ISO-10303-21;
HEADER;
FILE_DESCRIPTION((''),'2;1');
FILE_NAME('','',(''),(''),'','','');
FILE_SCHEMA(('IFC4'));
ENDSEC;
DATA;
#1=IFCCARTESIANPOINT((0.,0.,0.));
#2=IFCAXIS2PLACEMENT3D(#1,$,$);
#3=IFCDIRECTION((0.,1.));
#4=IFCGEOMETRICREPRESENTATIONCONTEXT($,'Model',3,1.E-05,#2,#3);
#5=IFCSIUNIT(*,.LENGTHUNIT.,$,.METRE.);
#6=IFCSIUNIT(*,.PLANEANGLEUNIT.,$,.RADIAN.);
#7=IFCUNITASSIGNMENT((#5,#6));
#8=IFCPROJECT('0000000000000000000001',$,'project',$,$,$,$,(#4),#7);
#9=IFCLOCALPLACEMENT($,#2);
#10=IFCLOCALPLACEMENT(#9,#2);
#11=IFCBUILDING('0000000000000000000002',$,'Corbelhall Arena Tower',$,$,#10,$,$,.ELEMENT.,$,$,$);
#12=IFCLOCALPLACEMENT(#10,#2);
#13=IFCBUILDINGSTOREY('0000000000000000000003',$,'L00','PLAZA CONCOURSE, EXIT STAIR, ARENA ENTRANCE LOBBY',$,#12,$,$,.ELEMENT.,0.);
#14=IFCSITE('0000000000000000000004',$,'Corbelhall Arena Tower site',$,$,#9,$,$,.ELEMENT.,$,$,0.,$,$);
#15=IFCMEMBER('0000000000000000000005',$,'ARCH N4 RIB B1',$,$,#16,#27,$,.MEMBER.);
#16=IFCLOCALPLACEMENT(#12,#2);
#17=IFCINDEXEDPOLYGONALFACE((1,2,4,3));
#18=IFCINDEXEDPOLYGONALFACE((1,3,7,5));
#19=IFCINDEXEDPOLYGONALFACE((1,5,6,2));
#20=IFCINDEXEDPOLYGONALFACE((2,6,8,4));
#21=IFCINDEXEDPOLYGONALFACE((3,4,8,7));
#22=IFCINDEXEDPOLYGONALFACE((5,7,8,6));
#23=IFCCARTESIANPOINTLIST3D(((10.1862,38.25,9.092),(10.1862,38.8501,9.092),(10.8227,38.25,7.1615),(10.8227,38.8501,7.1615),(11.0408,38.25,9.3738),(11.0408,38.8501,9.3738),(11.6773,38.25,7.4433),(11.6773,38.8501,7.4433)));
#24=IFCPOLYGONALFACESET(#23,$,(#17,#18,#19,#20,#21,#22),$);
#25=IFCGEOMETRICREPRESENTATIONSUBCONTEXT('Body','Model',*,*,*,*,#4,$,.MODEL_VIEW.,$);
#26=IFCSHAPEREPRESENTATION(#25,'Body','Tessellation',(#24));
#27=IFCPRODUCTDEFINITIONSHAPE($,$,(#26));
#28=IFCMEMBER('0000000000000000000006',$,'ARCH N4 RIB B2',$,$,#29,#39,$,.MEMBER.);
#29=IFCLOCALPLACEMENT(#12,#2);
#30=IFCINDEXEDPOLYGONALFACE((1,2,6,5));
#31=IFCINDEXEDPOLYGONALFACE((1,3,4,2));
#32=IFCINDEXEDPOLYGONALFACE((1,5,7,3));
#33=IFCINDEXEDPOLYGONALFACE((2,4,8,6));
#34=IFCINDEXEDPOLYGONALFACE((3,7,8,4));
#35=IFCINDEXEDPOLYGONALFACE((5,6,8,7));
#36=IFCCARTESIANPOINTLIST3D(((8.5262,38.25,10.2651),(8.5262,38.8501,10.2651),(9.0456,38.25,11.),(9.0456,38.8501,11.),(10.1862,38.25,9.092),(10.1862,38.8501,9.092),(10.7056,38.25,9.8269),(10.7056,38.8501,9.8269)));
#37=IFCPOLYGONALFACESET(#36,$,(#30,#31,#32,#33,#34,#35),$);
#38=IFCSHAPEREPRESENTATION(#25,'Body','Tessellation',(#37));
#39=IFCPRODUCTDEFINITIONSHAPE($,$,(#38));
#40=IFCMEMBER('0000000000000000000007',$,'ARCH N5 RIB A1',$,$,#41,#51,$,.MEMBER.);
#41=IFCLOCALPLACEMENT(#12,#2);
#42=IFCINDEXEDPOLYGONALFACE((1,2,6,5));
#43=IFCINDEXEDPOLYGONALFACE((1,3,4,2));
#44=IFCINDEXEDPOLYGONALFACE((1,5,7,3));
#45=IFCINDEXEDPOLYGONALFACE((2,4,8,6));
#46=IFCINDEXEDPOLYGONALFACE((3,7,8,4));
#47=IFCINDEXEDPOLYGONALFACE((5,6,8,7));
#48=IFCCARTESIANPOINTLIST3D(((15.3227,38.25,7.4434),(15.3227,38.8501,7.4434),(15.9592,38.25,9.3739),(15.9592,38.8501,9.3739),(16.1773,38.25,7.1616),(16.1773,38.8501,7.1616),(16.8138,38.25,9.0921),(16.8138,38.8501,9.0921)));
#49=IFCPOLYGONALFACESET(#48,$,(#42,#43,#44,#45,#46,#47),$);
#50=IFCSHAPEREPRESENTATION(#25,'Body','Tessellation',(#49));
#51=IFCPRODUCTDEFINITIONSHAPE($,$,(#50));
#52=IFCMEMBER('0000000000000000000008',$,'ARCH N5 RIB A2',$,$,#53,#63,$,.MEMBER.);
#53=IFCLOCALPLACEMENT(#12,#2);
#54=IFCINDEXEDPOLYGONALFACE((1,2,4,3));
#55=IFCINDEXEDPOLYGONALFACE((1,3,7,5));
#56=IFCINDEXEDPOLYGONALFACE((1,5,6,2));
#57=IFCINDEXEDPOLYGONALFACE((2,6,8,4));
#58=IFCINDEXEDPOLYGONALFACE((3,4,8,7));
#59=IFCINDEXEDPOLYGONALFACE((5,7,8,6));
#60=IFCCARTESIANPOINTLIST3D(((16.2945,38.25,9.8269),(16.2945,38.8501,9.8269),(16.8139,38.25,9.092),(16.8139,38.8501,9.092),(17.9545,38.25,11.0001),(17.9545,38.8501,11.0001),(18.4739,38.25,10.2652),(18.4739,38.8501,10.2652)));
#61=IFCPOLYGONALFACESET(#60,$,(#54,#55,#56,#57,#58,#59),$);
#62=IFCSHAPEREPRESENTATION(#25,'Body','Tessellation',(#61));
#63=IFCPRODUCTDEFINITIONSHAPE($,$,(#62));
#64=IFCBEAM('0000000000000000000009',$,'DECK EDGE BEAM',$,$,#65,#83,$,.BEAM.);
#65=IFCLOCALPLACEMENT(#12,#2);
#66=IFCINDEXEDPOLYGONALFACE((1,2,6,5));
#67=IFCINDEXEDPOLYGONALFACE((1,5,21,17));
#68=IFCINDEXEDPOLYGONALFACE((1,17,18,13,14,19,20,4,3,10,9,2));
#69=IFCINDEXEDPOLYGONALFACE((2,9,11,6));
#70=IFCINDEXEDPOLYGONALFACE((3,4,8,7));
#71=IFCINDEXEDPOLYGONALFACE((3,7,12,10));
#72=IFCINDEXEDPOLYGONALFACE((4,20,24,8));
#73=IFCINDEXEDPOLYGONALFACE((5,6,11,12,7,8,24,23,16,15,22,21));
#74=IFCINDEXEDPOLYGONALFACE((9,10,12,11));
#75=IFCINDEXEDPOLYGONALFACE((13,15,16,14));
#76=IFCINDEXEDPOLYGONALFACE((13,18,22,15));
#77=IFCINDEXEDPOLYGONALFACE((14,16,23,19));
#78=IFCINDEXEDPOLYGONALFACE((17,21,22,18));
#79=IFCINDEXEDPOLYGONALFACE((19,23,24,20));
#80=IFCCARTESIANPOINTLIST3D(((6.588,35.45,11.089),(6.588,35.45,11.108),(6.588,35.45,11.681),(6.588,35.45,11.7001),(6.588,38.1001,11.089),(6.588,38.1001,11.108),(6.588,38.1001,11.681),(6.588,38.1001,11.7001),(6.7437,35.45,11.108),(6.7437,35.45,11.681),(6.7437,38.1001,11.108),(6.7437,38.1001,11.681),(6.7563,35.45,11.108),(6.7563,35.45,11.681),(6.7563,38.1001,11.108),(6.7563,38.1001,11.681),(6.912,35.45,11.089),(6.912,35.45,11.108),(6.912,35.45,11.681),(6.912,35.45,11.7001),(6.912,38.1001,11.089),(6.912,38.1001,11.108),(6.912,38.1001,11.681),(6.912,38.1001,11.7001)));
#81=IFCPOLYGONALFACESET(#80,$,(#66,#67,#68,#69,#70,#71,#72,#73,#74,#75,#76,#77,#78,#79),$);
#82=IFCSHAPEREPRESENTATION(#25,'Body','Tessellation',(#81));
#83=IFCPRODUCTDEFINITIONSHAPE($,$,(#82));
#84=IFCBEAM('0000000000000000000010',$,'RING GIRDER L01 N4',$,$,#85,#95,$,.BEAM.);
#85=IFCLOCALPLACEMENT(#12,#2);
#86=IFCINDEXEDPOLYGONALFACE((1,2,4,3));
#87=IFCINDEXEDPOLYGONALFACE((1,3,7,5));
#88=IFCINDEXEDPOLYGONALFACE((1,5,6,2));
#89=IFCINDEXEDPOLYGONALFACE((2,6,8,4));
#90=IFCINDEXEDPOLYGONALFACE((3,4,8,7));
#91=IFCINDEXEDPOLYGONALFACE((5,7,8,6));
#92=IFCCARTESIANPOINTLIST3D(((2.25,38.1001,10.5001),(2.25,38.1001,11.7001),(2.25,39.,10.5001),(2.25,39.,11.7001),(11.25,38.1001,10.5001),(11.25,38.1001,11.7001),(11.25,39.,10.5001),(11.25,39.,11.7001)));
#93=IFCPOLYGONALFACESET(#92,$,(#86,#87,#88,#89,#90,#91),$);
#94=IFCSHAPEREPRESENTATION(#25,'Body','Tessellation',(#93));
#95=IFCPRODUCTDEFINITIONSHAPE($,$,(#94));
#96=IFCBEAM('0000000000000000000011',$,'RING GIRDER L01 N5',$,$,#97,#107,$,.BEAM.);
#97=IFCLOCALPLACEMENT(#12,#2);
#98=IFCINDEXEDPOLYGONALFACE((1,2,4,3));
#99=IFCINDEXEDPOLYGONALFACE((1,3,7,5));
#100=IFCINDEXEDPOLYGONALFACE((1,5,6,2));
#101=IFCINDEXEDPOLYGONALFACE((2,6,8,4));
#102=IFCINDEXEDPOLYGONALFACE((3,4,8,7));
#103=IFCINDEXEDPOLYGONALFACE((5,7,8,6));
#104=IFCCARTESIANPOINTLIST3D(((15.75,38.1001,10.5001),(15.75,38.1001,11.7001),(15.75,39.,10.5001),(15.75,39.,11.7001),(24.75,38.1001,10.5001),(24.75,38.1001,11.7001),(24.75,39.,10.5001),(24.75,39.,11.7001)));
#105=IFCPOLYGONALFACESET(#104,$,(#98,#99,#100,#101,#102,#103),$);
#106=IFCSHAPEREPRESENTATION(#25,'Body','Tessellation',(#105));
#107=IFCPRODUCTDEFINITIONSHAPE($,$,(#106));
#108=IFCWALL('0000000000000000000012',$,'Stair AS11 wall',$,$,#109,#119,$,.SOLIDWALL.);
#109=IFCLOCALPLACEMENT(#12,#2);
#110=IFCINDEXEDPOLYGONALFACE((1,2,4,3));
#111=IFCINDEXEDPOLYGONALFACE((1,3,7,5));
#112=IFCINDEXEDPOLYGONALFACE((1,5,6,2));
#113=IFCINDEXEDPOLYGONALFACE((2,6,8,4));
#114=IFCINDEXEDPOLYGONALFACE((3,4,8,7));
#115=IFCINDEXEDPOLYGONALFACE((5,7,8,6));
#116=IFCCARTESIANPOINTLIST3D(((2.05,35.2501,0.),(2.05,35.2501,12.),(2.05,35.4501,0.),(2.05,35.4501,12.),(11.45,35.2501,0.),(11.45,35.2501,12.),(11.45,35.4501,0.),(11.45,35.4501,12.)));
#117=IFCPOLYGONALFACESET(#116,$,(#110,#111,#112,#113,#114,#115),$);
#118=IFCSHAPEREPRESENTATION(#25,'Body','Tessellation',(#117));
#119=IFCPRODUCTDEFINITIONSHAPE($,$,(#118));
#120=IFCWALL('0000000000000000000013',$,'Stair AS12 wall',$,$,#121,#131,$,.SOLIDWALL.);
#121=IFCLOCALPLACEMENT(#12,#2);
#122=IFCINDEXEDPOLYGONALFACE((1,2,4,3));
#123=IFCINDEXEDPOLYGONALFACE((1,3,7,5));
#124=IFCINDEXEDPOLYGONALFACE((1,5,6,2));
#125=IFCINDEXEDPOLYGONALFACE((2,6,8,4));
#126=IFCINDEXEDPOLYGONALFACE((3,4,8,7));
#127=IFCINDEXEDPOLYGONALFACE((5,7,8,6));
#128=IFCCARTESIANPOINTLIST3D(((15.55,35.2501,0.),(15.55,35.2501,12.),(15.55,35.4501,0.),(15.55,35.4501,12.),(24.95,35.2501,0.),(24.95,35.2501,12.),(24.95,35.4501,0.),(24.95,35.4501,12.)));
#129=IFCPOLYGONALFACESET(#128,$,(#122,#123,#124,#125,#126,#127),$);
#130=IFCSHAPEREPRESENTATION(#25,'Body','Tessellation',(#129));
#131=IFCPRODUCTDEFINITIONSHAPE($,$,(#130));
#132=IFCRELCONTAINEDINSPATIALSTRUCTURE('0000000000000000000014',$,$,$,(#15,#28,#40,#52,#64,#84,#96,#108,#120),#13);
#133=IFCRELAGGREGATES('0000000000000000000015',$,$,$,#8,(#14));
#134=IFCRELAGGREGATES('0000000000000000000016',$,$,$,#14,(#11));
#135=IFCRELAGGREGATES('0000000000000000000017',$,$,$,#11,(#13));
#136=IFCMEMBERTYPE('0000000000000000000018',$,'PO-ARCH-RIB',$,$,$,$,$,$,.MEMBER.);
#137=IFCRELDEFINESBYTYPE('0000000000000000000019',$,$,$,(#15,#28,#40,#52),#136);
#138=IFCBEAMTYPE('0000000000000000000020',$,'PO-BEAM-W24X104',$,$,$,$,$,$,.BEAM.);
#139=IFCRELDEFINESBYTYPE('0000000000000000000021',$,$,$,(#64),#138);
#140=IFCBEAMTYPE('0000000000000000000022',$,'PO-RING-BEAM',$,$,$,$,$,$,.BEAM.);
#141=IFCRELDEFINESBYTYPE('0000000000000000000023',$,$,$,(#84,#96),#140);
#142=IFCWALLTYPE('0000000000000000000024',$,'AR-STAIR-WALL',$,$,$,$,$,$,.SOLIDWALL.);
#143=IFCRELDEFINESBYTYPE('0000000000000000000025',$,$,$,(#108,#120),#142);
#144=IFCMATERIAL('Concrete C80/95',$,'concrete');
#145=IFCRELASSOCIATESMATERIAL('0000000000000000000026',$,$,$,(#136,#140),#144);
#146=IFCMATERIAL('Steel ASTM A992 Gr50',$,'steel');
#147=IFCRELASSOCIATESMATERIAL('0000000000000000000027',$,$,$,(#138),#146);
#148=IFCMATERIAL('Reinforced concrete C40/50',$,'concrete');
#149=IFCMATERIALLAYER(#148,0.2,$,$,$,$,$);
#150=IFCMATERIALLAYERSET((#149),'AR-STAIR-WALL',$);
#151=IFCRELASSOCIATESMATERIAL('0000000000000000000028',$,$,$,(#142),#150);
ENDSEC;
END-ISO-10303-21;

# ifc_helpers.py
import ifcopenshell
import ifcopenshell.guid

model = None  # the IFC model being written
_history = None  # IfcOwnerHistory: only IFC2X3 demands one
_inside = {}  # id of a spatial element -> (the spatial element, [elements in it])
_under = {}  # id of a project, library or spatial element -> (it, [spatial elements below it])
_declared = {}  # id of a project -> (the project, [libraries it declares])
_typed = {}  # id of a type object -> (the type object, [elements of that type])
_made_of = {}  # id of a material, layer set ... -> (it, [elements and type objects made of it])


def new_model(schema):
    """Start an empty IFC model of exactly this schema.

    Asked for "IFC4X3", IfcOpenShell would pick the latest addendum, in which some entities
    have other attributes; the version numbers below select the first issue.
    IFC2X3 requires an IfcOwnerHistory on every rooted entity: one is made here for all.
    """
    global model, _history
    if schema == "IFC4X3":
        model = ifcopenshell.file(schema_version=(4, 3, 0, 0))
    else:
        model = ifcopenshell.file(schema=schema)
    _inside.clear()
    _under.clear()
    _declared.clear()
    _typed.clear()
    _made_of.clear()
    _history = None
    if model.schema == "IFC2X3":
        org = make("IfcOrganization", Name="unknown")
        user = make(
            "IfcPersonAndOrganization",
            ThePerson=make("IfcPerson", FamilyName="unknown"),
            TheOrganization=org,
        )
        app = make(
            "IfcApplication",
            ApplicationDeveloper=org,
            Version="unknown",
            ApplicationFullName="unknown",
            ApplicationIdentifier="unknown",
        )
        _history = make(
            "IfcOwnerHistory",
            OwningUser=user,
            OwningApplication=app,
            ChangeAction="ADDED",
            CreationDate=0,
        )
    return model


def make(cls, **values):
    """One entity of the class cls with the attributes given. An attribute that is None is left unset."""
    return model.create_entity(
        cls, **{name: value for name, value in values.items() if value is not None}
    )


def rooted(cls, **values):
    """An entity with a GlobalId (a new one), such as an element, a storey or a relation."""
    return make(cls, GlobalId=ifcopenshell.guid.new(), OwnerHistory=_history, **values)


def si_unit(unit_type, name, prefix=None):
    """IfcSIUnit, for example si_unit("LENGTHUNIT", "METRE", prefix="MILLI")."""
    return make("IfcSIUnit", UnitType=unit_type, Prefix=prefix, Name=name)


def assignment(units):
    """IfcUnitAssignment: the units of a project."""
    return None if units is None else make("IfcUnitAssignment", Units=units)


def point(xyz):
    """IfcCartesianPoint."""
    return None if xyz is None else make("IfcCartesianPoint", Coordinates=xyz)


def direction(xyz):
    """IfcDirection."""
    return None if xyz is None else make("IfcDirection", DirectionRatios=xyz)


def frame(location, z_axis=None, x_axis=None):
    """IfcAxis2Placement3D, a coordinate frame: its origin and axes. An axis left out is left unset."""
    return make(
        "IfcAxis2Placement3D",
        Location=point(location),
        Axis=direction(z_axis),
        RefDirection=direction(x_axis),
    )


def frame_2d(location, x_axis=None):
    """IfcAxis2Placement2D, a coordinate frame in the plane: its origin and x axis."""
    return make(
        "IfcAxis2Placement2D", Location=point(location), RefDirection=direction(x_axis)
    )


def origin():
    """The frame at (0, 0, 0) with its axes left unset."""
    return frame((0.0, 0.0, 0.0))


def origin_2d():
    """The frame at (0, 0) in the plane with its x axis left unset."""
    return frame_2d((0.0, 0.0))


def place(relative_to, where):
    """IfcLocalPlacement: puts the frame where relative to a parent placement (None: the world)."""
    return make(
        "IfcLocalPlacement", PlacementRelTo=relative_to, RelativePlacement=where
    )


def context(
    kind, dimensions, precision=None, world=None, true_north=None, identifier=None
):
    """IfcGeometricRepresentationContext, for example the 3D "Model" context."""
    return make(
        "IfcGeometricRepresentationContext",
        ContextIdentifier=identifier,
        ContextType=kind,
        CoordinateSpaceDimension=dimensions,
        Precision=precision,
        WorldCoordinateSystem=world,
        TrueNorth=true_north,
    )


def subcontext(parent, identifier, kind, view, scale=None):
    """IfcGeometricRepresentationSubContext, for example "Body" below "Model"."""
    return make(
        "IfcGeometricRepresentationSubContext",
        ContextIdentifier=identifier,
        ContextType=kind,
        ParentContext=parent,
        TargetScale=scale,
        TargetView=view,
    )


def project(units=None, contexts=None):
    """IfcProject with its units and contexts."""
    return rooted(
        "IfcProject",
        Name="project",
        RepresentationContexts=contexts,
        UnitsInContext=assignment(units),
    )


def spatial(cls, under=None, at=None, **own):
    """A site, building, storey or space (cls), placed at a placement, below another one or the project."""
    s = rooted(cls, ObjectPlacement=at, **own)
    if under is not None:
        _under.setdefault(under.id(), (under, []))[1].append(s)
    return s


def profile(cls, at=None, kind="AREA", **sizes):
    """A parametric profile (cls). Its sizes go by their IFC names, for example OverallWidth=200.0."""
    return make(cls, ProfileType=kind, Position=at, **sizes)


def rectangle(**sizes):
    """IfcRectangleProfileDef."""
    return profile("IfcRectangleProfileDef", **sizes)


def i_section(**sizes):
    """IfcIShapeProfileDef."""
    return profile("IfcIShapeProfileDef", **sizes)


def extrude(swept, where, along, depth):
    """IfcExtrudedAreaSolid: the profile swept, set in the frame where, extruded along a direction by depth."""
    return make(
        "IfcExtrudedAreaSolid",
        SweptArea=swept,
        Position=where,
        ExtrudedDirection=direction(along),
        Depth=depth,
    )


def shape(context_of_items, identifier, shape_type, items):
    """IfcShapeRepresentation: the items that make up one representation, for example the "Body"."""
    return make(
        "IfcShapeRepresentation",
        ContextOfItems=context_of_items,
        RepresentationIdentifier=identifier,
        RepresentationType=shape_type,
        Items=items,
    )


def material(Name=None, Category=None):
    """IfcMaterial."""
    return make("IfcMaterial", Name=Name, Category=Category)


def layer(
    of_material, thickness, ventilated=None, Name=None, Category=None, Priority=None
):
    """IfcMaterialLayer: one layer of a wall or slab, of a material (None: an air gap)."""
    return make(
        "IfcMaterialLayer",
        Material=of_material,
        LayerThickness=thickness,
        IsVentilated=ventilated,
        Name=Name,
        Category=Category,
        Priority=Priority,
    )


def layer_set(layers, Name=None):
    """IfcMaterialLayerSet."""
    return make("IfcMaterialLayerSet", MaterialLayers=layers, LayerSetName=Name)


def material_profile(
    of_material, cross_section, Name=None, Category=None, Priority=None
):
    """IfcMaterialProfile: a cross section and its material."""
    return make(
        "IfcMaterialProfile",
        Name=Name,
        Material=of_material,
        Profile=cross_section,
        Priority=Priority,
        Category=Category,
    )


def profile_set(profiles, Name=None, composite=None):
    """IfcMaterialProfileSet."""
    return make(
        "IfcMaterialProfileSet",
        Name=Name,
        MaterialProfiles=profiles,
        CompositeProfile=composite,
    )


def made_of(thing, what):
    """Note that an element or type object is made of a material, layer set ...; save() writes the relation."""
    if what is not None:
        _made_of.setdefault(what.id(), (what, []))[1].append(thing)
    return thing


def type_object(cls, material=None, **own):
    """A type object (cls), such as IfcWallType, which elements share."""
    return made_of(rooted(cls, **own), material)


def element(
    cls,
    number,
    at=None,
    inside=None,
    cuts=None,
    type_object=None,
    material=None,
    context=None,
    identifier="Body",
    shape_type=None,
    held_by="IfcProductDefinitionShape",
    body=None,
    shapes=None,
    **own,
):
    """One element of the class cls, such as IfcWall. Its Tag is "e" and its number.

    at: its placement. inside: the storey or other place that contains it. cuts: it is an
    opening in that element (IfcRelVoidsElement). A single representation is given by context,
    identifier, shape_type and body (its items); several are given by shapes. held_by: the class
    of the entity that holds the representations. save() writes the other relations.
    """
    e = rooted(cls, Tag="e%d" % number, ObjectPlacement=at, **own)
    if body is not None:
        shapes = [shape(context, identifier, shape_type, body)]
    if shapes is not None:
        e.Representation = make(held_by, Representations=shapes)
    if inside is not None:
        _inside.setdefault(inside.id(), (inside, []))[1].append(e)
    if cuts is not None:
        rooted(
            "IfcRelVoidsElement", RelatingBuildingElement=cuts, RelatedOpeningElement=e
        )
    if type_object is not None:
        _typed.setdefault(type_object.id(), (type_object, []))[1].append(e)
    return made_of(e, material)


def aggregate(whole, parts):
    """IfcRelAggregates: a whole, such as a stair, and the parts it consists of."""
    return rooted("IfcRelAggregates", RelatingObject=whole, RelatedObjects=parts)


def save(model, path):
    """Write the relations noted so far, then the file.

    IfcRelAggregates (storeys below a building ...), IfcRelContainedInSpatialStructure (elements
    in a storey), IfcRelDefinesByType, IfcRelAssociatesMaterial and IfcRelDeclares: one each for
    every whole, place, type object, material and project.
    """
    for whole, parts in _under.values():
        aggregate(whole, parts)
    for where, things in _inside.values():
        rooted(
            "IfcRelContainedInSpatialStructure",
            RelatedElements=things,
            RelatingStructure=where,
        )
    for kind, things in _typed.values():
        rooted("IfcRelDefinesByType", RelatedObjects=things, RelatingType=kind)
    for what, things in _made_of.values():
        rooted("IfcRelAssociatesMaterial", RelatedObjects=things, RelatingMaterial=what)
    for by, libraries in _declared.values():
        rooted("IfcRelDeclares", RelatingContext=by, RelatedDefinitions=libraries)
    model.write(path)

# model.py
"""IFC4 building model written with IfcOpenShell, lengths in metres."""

from ifc_helpers import new_model, si_unit, direction, frame, frame_2d, origin, origin_2d, place, context, subcontext, project, spatial, rectangle, i_section, extrude, material, layer, layer_set, material_profile, profile_set, type_object, element, save


model = new_model("IFC4")

# Units and contexts
model_context = context("Model", 3, precision=1e-05, world=origin(), true_north=direction((0.0, 1.0)))
body_context = subcontext(model_context, "Body", "Model", "MODEL_VIEW")
ifc_project = project(units=[si_unit("LENGTHUNIT", "METRE"), si_unit("PLANEANGLEUNIT", "RADIAN")], contexts=[model_context])

# Site, building, storey
site_placement = place(None, origin())
site = spatial("IfcSite", under=ifc_project, at=site_placement, Name="Corbelhall Arena Tower site", CompositionType="ELEMENT", RefElevation=0.0)
building_placement = place(site_placement, origin())
building = spatial("IfcBuilding", under=site, at=building_placement, Name="Corbelhall Arena Tower", CompositionType="ELEMENT")
storey_placement = place(building_placement, origin())
storey = spatial("IfcBuildingStorey", under=building, at=storey_placement, Name="L00", Description="PLAZA CONCOURSE, EXIT STAIR, ARENA ENTRANCE LOBBY", CompositionType="ELEMENT", Elevation=0.0)

# Shared definitions
ifc_material_1 = material(Name="Concrete C80/95", Category="concrete")

# Members
ifc_material_profile_1 = material_profile(ifc_material_1, rectangle(XDim=0.6001, YDim=0.8999, at=origin_2d()))
ifc_profile_set_1 = profile_set([ifc_material_profile_1], Name="Concrete C80/95")
member_type = type_object("IfcMemberType", Name="PO-ARCH-RIB", PredefinedType="MEMBER", material=ifc_profile_set_1)
for number, where, z_axis, x_axis, name in (
    (1, (10.6135, 38.55, 9.2329), (0.313127, 0.0, -0.949711), (0.0, 1.0, 0.0), "ARCH N4 RIB B1"),
    (2, (8.7859, 38.55, 10.6326), (0.816645, 0.0, -0.577141), (0.0, 1.0, 0.0), "ARCH N4 RIB B2"),
    (3, (15.75, 38.55, 7.3025), (0.313127, 0.0, 0.949711), (0.0, 1.0, 0.0), "ARCH N5 RIB A1"),
    (4, (16.5542, 38.55, 9.4595), (0.816645, 0.0, 0.577141), (0.0, 1.0, 0.0), "ARCH N5 RIB A2"),
):
    element("IfcMember", number, at=place(storey_placement, frame(where, z_axis=z_axis, x_axis=x_axis)), inside=storey, type_object=member_type, Name=name, PredefinedType="MEMBER", context=body_context, shape_type="SweptSolid", body=[
        extrude(rectangle(XDim=0.6001, YDim=0.8999, at=origin_2d()), origin(), (0.0, 0.0, 1.0), 2.0327),
    ])

# Beams
ifc_material_2 = material(Name="Steel ASTM A992 Gr50", Category="steel")
ifc_material_profile_2 = material_profile(ifc_material_2, i_section(OverallWidth=0.324, OverallDepth=0.6111, WebThickness=0.0127, FlangeThickness=0.019, at=origin_2d()))
ifc_profile_set_2 = profile_set([ifc_material_profile_2], Name="Steel ASTM A992 Gr50")
beam_type_1 = type_object("IfcBeamType", Name="PO-BEAM-W24X104", PredefinedType="BEAM", material=ifc_profile_set_2)
beam_placement = place(storey_placement, frame((6.75, 35.45, 11.3945), z_axis=(0.0, 1.0, 0.0), x_axis=(-1.0, 0.0, 0.0)))
element("IfcBeam", 5, at=beam_placement, inside=storey, type_object=beam_type_1, Name="DECK EDGE BEAM", PredefinedType="BEAM", context=body_context, shape_type="SweptSolid", body=[
    extrude(i_section(OverallWidth=0.324, OverallDepth=0.6111, WebThickness=0.0127, FlangeThickness=0.019, at=origin_2d()), origin(), (0.0, 0.0, 1.0), 2.6501),
])
ifc_material_profile_3 = material_profile(ifc_material_1, rectangle(XDim=0.8999, YDim=1.2, at=origin_2d()))
ifc_profile_set_3 = profile_set([ifc_material_profile_3], Name="Concrete C80/95")
beam_type_2 = type_object("IfcBeamType", Name="PO-RING-BEAM", PredefinedType="BEAM", material=ifc_profile_set_3)
for number, where, z_axis, x_axis, name in (
    (6, (2.25, 38.55, 11.1001), (1.0, 0.0, 0.0), (0.0, 1.0, 0.0), "RING GIRDER L01 N4"),
    (7, (15.75, 38.55, 11.1001), (1.0, 0.0, 0.0), (0.0, 1.0, 0.0), "RING GIRDER L01 N5"),
):
    element("IfcBeam", number, at=place(storey_placement, frame(where, z_axis=z_axis, x_axis=x_axis)), inside=storey, type_object=beam_type_2, Name=name, PredefinedType="BEAM", context=body_context, shape_type="SweptSolid", body=[
        extrude(rectangle(XDim=0.8999, YDim=1.2, at=origin_2d()), origin(), (0.0, 0.0, 1.0), 9.0),
    ])

# Walls
ifc_material_3 = material(Name="Reinforced concrete C40/50", Category="concrete")
ifc_layer = layer(ifc_material_3, 0.2)
ifc_layer_set = layer_set([ifc_layer], Name="AR-STAIR-WALL")
wall_type = type_object("IfcWallType", Name="AR-STAIR-WALL", PredefinedType="SOLIDWALL", material=ifc_layer_set)
for number, where, z_axis, x_axis, name in (
    (8, (2.05, 35.3501, 0.0), (0.0, 0.0, 1.0), (1.0, 0.0, 0.0), "Stair AS11 wall"),
    (9, (15.55, 35.3501, 0.0), (0.0, 0.0, 1.0), (1.0, 0.0, 0.0), "Stair AS12 wall"),
):
    element("IfcWall", number, at=place(storey_placement, frame(where, z_axis=z_axis, x_axis=x_axis)), inside=storey, type_object=wall_type, Name=name, PredefinedType="SOLIDWALL", context=body_context, shape_type="SweptSolid", body=[
        extrude(rectangle(XDim=9.3999, YDim=0.2, at=frame_2d((4.7, 0.0))), origin(), (0.0, 0.0, 1.0), 12.0),
    ])

save(model, "model.ifc")
